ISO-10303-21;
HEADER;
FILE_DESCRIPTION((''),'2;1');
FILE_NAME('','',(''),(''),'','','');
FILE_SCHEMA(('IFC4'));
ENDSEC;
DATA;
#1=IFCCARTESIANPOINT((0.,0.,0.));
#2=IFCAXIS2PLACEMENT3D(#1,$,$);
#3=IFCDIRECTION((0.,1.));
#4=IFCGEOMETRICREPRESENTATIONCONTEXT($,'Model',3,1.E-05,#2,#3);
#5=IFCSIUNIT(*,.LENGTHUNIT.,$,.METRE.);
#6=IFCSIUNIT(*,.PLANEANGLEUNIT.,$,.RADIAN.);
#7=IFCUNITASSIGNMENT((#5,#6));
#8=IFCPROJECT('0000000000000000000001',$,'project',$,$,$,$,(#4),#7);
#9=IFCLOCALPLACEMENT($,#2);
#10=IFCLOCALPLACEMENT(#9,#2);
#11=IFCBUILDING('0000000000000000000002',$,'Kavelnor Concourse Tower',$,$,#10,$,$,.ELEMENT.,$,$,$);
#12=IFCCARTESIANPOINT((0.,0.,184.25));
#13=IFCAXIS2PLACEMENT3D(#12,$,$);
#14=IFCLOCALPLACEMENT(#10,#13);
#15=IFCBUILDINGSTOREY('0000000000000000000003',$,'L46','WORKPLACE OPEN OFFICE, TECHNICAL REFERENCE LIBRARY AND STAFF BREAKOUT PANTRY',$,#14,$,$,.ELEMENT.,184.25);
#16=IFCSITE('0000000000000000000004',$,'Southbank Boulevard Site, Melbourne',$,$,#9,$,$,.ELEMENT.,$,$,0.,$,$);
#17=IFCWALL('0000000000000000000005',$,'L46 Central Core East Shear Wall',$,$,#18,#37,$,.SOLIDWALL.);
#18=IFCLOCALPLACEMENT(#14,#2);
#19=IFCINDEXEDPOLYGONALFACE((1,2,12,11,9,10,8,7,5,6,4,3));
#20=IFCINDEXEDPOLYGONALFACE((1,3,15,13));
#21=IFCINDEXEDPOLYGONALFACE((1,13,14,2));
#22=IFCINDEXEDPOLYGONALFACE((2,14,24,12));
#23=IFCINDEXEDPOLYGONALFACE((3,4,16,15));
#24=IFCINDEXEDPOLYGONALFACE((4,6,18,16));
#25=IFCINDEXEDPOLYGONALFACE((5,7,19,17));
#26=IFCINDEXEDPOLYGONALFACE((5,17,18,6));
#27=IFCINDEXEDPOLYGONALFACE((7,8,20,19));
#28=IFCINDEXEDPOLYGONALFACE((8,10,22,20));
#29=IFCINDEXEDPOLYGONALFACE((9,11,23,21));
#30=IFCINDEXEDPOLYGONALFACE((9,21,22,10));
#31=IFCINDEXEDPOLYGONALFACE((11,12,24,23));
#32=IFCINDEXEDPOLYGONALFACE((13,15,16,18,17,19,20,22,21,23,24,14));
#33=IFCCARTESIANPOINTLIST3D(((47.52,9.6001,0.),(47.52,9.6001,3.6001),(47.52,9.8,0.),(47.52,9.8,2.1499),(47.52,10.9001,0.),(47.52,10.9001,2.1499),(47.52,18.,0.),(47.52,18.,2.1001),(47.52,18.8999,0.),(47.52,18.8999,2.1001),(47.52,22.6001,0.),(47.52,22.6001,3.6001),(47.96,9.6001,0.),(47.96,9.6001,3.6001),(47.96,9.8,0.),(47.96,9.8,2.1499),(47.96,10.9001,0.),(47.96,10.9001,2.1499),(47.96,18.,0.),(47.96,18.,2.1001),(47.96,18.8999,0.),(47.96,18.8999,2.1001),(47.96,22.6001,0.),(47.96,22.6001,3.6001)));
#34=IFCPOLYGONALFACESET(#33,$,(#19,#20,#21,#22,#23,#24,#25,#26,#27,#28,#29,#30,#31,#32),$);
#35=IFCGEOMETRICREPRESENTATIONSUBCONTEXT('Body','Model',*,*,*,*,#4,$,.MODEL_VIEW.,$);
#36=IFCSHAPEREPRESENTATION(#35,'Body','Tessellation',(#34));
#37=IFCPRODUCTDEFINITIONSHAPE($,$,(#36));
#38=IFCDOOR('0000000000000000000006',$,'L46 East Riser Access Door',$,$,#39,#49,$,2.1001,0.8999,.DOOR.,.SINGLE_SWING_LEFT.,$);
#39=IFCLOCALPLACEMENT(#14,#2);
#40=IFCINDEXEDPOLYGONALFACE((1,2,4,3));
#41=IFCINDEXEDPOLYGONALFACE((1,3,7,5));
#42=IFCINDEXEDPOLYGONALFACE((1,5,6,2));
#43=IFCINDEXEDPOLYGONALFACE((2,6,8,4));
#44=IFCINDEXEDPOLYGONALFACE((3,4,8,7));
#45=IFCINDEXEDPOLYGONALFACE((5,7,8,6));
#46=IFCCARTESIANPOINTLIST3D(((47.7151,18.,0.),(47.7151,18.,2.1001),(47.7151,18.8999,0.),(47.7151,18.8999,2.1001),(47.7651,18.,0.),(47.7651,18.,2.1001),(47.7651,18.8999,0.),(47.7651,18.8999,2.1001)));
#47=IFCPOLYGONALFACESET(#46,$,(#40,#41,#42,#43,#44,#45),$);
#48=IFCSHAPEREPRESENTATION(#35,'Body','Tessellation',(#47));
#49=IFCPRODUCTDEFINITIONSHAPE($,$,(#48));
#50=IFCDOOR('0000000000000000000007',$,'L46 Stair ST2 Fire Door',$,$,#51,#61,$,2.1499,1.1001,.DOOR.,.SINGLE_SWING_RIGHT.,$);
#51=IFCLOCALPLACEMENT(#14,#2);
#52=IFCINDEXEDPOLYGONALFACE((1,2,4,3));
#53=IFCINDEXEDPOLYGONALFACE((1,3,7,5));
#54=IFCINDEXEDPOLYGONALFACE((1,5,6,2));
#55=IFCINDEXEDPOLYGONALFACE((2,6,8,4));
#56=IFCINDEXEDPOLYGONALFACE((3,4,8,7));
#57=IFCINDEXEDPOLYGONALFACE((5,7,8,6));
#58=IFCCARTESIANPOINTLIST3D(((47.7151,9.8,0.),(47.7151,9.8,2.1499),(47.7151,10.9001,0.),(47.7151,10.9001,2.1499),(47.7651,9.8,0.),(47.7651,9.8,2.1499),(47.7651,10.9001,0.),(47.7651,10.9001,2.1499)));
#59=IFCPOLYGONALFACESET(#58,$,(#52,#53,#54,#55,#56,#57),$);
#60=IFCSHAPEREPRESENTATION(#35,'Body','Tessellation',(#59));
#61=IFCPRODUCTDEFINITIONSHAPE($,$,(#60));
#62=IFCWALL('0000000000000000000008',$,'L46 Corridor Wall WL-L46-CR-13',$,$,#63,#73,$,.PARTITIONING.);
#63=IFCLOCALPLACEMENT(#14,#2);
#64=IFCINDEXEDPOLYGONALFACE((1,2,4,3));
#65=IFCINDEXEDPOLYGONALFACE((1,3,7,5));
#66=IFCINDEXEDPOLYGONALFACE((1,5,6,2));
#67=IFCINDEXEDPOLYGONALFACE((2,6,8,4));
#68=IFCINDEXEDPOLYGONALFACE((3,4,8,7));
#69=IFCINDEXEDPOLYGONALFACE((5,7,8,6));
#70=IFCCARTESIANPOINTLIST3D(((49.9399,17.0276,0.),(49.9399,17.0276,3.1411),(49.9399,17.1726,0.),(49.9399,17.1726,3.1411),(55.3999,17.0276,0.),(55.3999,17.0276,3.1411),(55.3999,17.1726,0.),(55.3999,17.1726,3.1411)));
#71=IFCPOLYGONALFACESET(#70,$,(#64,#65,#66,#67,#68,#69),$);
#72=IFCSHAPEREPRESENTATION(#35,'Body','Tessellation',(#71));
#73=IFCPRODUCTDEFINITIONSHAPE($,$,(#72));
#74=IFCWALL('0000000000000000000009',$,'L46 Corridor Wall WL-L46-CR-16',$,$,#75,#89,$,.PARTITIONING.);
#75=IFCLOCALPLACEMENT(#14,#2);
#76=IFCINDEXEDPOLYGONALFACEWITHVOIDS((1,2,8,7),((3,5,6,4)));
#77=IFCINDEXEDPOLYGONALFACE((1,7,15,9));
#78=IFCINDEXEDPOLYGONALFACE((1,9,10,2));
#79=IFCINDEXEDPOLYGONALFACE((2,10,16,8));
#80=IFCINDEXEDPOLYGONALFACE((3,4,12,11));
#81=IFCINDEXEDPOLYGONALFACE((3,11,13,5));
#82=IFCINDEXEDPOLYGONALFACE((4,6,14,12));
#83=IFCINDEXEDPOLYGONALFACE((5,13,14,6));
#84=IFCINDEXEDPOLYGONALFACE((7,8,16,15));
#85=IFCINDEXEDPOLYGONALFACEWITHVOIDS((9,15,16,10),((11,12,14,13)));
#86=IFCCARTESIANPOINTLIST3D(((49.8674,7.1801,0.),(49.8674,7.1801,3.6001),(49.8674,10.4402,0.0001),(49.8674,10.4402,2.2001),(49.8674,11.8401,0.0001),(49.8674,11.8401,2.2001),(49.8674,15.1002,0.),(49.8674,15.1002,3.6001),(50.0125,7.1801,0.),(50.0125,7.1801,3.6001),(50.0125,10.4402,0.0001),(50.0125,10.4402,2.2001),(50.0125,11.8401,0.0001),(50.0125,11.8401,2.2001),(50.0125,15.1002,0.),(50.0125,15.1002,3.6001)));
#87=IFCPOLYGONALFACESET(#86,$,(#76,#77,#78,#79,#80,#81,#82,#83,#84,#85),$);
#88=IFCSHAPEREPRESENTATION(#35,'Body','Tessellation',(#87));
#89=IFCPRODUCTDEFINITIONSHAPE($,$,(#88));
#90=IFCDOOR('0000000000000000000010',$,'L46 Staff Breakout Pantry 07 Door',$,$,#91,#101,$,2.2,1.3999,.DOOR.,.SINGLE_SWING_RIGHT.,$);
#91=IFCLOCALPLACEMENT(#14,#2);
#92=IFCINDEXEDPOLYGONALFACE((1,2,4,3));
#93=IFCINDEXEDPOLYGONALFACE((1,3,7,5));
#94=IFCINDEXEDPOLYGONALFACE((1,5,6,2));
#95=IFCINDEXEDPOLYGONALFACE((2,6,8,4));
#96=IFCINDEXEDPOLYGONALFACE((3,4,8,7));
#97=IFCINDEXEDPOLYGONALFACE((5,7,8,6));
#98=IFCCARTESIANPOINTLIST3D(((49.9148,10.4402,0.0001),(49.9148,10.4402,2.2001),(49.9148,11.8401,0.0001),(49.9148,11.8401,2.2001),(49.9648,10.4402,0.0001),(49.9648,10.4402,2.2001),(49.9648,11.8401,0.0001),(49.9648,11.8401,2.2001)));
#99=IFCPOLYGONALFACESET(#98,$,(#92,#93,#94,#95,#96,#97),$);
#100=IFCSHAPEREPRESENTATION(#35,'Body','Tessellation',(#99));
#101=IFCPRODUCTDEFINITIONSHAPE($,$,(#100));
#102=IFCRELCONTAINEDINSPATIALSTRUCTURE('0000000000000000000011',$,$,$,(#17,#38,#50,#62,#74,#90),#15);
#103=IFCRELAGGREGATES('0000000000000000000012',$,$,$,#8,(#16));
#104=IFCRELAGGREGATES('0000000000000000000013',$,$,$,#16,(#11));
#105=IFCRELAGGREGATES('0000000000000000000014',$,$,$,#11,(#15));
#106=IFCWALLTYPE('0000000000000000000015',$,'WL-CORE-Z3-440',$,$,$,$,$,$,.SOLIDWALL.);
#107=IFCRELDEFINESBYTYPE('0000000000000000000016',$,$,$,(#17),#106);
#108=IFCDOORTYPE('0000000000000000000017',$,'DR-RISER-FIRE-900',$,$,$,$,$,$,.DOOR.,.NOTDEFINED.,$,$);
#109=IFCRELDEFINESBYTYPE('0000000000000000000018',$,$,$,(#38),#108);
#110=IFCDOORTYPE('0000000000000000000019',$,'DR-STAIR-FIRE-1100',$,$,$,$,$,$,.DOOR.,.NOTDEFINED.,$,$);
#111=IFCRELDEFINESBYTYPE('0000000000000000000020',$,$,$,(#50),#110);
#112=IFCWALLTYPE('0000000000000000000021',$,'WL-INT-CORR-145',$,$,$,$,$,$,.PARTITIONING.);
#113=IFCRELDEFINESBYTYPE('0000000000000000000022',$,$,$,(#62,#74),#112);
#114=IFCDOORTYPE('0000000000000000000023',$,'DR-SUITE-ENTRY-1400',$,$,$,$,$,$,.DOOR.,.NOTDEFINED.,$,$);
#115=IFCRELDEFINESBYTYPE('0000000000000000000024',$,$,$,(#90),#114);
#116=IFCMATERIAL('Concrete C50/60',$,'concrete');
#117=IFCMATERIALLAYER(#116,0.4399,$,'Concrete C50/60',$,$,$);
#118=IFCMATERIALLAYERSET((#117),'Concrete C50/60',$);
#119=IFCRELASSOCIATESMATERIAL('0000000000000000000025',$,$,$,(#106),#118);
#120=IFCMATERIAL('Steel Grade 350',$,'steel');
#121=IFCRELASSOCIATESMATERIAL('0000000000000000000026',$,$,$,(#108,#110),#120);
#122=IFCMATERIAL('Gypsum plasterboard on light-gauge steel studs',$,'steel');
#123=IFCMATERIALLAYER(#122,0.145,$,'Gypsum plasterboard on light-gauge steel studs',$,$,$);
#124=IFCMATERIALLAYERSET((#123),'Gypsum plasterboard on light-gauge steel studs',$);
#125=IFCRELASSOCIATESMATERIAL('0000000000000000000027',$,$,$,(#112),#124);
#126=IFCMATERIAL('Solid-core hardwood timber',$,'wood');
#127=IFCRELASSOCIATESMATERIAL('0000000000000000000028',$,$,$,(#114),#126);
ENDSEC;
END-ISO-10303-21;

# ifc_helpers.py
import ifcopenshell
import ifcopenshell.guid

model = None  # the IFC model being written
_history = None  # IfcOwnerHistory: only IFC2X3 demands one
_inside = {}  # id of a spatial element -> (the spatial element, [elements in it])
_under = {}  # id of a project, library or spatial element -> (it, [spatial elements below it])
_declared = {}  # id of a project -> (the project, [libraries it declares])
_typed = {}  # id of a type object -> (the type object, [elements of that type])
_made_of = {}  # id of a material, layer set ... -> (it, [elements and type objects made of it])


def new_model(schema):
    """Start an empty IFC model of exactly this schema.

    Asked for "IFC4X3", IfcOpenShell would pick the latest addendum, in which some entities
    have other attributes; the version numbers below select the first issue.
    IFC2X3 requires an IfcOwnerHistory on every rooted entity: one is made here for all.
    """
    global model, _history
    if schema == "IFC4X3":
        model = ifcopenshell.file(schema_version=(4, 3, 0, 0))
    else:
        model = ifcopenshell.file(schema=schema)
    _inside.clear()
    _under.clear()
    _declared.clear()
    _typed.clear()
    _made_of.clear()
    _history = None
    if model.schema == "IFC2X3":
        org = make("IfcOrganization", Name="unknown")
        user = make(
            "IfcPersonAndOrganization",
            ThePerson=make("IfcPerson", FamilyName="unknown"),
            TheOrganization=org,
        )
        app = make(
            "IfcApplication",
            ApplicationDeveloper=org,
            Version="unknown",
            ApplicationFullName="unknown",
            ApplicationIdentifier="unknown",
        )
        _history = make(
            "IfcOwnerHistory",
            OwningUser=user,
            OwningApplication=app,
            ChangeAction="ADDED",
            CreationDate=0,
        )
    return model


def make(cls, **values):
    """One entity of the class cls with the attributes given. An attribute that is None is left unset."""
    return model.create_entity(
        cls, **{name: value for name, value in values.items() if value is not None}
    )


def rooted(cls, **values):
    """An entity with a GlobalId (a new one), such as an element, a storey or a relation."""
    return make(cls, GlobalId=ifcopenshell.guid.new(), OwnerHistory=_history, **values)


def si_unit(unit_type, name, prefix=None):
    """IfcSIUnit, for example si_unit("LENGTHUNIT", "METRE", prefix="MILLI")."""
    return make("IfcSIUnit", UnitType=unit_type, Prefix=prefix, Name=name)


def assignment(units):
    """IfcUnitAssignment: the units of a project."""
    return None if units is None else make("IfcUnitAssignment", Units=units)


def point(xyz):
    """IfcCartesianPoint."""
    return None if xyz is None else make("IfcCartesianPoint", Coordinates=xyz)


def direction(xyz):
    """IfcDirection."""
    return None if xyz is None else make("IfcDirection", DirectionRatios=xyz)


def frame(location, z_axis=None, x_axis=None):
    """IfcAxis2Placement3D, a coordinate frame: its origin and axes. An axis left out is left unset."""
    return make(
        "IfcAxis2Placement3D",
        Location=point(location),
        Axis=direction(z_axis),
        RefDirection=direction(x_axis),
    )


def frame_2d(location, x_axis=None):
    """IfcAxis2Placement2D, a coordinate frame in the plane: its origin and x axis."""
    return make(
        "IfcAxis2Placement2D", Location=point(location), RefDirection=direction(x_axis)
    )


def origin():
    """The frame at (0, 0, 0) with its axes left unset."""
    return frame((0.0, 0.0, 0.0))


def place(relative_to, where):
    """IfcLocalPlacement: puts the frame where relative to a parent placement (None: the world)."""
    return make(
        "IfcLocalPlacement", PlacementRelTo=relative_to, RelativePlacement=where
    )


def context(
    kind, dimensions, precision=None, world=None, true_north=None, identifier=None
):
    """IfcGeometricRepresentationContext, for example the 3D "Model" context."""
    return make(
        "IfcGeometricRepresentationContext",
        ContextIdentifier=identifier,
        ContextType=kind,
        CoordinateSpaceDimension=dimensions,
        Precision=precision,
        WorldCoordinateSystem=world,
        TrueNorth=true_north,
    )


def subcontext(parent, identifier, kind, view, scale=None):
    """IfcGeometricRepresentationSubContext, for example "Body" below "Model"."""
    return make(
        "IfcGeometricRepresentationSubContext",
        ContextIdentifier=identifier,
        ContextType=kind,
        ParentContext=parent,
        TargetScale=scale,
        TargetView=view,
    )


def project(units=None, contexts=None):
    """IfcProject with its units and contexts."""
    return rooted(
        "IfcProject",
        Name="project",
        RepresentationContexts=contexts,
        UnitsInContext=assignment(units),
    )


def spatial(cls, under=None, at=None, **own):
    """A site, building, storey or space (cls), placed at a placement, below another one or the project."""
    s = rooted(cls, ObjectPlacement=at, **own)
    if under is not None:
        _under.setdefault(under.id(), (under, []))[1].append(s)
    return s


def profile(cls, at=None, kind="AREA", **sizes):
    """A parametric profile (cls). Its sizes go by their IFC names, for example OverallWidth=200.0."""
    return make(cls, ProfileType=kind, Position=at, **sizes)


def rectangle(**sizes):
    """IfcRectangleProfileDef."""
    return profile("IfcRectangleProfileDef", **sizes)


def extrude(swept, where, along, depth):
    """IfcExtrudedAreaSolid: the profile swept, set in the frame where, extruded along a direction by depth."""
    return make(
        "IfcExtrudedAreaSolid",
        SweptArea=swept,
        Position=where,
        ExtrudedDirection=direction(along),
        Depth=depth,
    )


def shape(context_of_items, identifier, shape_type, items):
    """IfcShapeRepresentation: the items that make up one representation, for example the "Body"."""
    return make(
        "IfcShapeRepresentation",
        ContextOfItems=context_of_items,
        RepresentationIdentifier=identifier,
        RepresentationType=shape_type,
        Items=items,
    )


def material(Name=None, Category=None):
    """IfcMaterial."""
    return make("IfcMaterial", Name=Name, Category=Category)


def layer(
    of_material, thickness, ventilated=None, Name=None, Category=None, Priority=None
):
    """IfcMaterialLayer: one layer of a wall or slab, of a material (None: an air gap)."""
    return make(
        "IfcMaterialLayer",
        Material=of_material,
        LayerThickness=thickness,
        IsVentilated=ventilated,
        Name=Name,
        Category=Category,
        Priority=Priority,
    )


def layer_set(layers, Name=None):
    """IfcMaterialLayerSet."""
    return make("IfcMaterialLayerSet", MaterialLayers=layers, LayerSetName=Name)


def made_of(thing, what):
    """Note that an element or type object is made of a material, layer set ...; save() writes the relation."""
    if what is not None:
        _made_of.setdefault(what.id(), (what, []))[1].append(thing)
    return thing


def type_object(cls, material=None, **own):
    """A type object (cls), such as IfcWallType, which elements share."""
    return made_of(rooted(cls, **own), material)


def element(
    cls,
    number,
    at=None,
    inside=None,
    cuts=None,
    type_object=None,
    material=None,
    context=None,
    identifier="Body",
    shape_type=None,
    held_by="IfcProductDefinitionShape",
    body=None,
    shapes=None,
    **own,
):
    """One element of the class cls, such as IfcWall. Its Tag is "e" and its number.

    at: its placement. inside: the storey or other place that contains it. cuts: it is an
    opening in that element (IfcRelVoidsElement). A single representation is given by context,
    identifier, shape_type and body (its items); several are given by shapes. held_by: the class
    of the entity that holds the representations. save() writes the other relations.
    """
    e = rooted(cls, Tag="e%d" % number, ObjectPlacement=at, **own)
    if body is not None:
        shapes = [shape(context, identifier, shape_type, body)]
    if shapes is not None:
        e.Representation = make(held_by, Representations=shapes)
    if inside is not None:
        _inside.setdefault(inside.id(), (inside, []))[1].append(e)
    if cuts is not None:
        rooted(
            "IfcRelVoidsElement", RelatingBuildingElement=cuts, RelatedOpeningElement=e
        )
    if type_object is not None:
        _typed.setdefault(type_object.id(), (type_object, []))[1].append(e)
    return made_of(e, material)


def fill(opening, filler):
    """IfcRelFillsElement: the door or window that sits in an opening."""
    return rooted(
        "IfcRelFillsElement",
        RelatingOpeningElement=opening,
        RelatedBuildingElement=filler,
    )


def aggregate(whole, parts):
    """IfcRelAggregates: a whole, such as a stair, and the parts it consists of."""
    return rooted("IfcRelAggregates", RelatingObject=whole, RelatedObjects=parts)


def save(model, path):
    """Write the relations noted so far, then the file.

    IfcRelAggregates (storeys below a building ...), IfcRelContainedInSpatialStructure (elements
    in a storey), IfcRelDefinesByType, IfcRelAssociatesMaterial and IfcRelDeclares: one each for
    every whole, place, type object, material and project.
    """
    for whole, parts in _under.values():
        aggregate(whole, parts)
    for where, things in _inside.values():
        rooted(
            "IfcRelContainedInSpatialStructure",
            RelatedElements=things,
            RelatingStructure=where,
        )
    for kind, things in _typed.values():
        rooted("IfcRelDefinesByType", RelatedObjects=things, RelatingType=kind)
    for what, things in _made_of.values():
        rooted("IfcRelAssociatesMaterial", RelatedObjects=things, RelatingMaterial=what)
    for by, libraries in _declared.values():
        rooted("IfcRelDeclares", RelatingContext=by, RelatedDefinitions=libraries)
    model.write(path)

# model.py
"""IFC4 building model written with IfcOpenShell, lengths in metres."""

from ifc_helpers import new_model, si_unit, direction, frame, frame_2d, origin, place, context, subcontext, project, spatial, rectangle, extrude, material, layer, layer_set, type_object, element, fill, save


model = new_model("IFC4")

# Units and contexts
model_context = context("Model", 3, precision=1e-05, world=origin(), true_north=direction((0.0, 1.0)))
body_context = subcontext(model_context, "Body", "Model", "MODEL_VIEW")
ifc_project = project(units=[si_unit("LENGTHUNIT", "METRE"), si_unit("PLANEANGLEUNIT", "RADIAN")], contexts=[model_context])

# Site, building, storey
site_placement = place(None, origin())
site = spatial("IfcSite", under=ifc_project, at=site_placement, Name="Southbank Boulevard Site, Melbourne", CompositionType="ELEMENT", RefElevation=0.0)
building_placement = place(site_placement, origin())
building = spatial("IfcBuilding", under=site, at=building_placement, Name="Kavelnor Concourse Tower", CompositionType="ELEMENT")
storey_placement = place(building_placement, frame((0.0, 0.0, 184.25)))
storey = spatial("IfcBuildingStorey", under=building, at=storey_placement, Name="L46", Description="WORKPLACE OPEN OFFICE, TECHNICAL REFERENCE LIBRARY AND STAFF BREAKOUT PANTRY", CompositionType="ELEMENT", Elevation=184.25)

# Shared definitions
ifc_material_1 = material(Name="Steel Grade 350", Category="steel")

# Wall, openings, doors
ifc_material_2 = material(Name="Concrete C50/60", Category="concrete")
ifc_layer_1 = layer(ifc_material_2, 0.4399, Name="Concrete C50/60")
ifc_layer_set_1 = layer_set([ifc_layer_1], Name="Concrete C50/60")
wall_type_1 = type_object("IfcWallType", Name="WL-CORE-Z3-440", PredefinedType="SOLIDWALL", material=ifc_layer_set_1)
wall_1_placement = place(storey_placement, frame((47.74, 9.6001, 0.0), z_axis=(0.0, 0.0, 1.0), x_axis=(0.0, 1.0, 0.0)))
wall_1 = element("IfcWall", 1, at=wall_1_placement, inside=storey, type_object=wall_type_1, Name="L46 Central Core East Shear Wall", PredefinedType="SOLIDWALL", context=body_context, shape_type="SweptSolid", body=[
    extrude(rectangle(XDim=13.0, YDim=0.4399, at=frame_2d((6.5, 0.0))), origin(), (0.0, 0.0, 1.0), 3.6001),
])
opening_1_placement = place(wall_1_placement, frame((0.2, 0.0, 0.0)))
opening_1 = element("IfcOpeningElement", 2, at=opening_1_placement, cuts=wall_1, PredefinedType="OPENING", context=body_context, shape_type="SweptSolid", body=[
    extrude(rectangle(XDim=1.1001, YDim=2.1499, at=frame_2d((0.55, 1.075))), frame((0.0, 0.23, 0.0), z_axis=(0.0, -1.0, 0.0), x_axis=(1.0, 0.0, 0.0)), (0.0, 0.0, 1.0), 0.46),
])
opening_2_placement = place(wall_1_placement, frame((8.3999, 0.0, 0.0)))
opening_2 = element("IfcOpeningElement", 3, at=opening_2_placement, cuts=wall_1, PredefinedType="OPENING", context=body_context, shape_type="SweptSolid", body=[
    extrude(rectangle(XDim=0.8999, YDim=2.1001, at=frame_2d((0.45, 1.05))), frame((0.0, 0.23, 0.0), z_axis=(0.0, -1.0, 0.0), x_axis=(1.0, 0.0, 0.0)), (0.0, 0.0, 1.0), 0.46),
])
door_type_1 = type_object("IfcDoorType", Name="DR-RISER-FIRE-900", OperationType="NOTDEFINED", PredefinedType="DOOR", material=ifc_material_1)
door_1_placement = place(opening_2_placement, origin())
door_1 = element("IfcDoor", 4, at=door_1_placement, inside=storey, type_object=door_type_1, Name="L46 East Riser Access Door", OperationType="SINGLE_SWING_LEFT", OverallHeight=2.1001, OverallWidth=0.8999, PredefinedType="DOOR", context=body_context, shape_type="SweptSolid", body=[
    extrude(rectangle(XDim=0.8999, YDim=2.1001, at=frame_2d((0.45, 1.05))), frame((0.0, 0.0249, 0.0), z_axis=(0.0, -1.0, 0.0), x_axis=(1.0, 0.0, 0.0)), (0.0, 0.0, 1.0), 0.05),
])
fill(opening_2, door_1)
door_type_2 = type_object("IfcDoorType", Name="DR-STAIR-FIRE-1100", OperationType="NOTDEFINED", PredefinedType="DOOR", material=ifc_material_1)
door_2_placement = place(opening_1_placement, origin())
door_2 = element("IfcDoor", 5, at=door_2_placement, inside=storey, type_object=door_type_2, Name="L46 Stair ST2 Fire Door", OperationType="SINGLE_SWING_RIGHT", OverallHeight=2.1499, OverallWidth=1.1001, PredefinedType="DOOR", context=body_context, shape_type="SweptSolid", body=[
    extrude(rectangle(XDim=1.1001, YDim=2.1499, at=frame_2d((0.55, 1.075))), frame((0.0, 0.0249, 0.0), z_axis=(0.0, -1.0, 0.0), x_axis=(1.0, 0.0, 0.0)), (0.0, 0.0, 1.0), 0.05),
])
fill(opening_1, door_2)

# Wall
ifc_material_3 = material(Name="Gypsum plasterboard on light-gauge steel studs", Category="steel")
ifc_layer_2 = layer(ifc_material_3, 0.145, Name="Gypsum plasterboard on light-gauge steel studs")
ifc_layer_set_2 = layer_set([ifc_layer_2], Name="Gypsum plasterboard on light-gauge steel studs")
wall_type_2 = type_object("IfcWallType", Name="WL-INT-CORR-145", PredefinedType="PARTITIONING", material=ifc_layer_set_2)
wall_2_placement = place(storey_placement, frame((49.9399, 17.1001, 0.0), z_axis=(0.0, 0.0, 1.0), x_axis=(1.0, 0.0, 0.0)))
element("IfcWall", 6, at=wall_2_placement, inside=storey, type_object=wall_type_2, Name="L46 Corridor Wall WL-L46-CR-13", PredefinedType="PARTITIONING", context=body_context, shape_type="SweptSolid", body=[
    extrude(rectangle(XDim=5.46, YDim=0.145, at=frame_2d((2.73, 0.0))), origin(), (0.0, 0.0, 1.0), 3.1411),
])

# Wall, opening, door
wall_3_placement = place(storey_placement, frame((49.9399, 15.1001, 0.0), z_axis=(0.0, 0.0, 1.0), x_axis=(0.0, -1.0, 0.0)))
wall_3 = element("IfcWall", 7, at=wall_3_placement, inside=storey, type_object=wall_type_2, Name="L46 Corridor Wall WL-L46-CR-16", PredefinedType="PARTITIONING", context=body_context, shape_type="SweptSolid", body=[
    extrude(rectangle(XDim=7.9202, YDim=0.145, at=frame_2d((3.96, 0.0))), origin(), (0.0, 0.0, 1.0), 3.6001),
])
opening_3_placement = place(wall_3_placement, frame((3.26, 0.0, 0.0)))
opening_3 = element("IfcOpeningElement", 8, at=opening_3_placement, cuts=wall_3, PredefinedType="OPENING", context=body_context, shape_type="SweptSolid", body=[
    extrude(rectangle(XDim=1.3999, YDim=2.2, at=frame_2d((0.7, 1.1001))), frame((0.0, 0.0825, 0.0), z_axis=(0.0, -1.0, 0.0), x_axis=(1.0, 0.0, 0.0)), (0.0, 0.0, 1.0), 0.165),
])
ifc_material_4 = material(Name="Solid-core hardwood timber", Category="wood")
door_type_3 = type_object("IfcDoorType", Name="DR-SUITE-ENTRY-1400", OperationType="NOTDEFINED", PredefinedType="DOOR", material=ifc_material_4)
door_3_placement = place(opening_3_placement, origin())
door_3 = element("IfcDoor", 9, at=door_3_placement, inside=storey, type_object=door_type_3, Name="L46 Staff Breakout Pantry 07 Door", OperationType="SINGLE_SWING_RIGHT", OverallHeight=2.2, OverallWidth=1.3999, PredefinedType="DOOR", context=body_context, shape_type="SweptSolid", body=[
    extrude(rectangle(XDim=1.3999, YDim=2.2, at=frame_2d((0.7, 1.1001))), frame((0.0, 0.0249, 0.0), z_axis=(0.0, -1.0, 0.0), x_axis=(1.0, 0.0, 0.0)), (0.0, 0.0, 1.0), 0.05),
])
fill(opening_3, door_3)

save(model, "model.ifc")
